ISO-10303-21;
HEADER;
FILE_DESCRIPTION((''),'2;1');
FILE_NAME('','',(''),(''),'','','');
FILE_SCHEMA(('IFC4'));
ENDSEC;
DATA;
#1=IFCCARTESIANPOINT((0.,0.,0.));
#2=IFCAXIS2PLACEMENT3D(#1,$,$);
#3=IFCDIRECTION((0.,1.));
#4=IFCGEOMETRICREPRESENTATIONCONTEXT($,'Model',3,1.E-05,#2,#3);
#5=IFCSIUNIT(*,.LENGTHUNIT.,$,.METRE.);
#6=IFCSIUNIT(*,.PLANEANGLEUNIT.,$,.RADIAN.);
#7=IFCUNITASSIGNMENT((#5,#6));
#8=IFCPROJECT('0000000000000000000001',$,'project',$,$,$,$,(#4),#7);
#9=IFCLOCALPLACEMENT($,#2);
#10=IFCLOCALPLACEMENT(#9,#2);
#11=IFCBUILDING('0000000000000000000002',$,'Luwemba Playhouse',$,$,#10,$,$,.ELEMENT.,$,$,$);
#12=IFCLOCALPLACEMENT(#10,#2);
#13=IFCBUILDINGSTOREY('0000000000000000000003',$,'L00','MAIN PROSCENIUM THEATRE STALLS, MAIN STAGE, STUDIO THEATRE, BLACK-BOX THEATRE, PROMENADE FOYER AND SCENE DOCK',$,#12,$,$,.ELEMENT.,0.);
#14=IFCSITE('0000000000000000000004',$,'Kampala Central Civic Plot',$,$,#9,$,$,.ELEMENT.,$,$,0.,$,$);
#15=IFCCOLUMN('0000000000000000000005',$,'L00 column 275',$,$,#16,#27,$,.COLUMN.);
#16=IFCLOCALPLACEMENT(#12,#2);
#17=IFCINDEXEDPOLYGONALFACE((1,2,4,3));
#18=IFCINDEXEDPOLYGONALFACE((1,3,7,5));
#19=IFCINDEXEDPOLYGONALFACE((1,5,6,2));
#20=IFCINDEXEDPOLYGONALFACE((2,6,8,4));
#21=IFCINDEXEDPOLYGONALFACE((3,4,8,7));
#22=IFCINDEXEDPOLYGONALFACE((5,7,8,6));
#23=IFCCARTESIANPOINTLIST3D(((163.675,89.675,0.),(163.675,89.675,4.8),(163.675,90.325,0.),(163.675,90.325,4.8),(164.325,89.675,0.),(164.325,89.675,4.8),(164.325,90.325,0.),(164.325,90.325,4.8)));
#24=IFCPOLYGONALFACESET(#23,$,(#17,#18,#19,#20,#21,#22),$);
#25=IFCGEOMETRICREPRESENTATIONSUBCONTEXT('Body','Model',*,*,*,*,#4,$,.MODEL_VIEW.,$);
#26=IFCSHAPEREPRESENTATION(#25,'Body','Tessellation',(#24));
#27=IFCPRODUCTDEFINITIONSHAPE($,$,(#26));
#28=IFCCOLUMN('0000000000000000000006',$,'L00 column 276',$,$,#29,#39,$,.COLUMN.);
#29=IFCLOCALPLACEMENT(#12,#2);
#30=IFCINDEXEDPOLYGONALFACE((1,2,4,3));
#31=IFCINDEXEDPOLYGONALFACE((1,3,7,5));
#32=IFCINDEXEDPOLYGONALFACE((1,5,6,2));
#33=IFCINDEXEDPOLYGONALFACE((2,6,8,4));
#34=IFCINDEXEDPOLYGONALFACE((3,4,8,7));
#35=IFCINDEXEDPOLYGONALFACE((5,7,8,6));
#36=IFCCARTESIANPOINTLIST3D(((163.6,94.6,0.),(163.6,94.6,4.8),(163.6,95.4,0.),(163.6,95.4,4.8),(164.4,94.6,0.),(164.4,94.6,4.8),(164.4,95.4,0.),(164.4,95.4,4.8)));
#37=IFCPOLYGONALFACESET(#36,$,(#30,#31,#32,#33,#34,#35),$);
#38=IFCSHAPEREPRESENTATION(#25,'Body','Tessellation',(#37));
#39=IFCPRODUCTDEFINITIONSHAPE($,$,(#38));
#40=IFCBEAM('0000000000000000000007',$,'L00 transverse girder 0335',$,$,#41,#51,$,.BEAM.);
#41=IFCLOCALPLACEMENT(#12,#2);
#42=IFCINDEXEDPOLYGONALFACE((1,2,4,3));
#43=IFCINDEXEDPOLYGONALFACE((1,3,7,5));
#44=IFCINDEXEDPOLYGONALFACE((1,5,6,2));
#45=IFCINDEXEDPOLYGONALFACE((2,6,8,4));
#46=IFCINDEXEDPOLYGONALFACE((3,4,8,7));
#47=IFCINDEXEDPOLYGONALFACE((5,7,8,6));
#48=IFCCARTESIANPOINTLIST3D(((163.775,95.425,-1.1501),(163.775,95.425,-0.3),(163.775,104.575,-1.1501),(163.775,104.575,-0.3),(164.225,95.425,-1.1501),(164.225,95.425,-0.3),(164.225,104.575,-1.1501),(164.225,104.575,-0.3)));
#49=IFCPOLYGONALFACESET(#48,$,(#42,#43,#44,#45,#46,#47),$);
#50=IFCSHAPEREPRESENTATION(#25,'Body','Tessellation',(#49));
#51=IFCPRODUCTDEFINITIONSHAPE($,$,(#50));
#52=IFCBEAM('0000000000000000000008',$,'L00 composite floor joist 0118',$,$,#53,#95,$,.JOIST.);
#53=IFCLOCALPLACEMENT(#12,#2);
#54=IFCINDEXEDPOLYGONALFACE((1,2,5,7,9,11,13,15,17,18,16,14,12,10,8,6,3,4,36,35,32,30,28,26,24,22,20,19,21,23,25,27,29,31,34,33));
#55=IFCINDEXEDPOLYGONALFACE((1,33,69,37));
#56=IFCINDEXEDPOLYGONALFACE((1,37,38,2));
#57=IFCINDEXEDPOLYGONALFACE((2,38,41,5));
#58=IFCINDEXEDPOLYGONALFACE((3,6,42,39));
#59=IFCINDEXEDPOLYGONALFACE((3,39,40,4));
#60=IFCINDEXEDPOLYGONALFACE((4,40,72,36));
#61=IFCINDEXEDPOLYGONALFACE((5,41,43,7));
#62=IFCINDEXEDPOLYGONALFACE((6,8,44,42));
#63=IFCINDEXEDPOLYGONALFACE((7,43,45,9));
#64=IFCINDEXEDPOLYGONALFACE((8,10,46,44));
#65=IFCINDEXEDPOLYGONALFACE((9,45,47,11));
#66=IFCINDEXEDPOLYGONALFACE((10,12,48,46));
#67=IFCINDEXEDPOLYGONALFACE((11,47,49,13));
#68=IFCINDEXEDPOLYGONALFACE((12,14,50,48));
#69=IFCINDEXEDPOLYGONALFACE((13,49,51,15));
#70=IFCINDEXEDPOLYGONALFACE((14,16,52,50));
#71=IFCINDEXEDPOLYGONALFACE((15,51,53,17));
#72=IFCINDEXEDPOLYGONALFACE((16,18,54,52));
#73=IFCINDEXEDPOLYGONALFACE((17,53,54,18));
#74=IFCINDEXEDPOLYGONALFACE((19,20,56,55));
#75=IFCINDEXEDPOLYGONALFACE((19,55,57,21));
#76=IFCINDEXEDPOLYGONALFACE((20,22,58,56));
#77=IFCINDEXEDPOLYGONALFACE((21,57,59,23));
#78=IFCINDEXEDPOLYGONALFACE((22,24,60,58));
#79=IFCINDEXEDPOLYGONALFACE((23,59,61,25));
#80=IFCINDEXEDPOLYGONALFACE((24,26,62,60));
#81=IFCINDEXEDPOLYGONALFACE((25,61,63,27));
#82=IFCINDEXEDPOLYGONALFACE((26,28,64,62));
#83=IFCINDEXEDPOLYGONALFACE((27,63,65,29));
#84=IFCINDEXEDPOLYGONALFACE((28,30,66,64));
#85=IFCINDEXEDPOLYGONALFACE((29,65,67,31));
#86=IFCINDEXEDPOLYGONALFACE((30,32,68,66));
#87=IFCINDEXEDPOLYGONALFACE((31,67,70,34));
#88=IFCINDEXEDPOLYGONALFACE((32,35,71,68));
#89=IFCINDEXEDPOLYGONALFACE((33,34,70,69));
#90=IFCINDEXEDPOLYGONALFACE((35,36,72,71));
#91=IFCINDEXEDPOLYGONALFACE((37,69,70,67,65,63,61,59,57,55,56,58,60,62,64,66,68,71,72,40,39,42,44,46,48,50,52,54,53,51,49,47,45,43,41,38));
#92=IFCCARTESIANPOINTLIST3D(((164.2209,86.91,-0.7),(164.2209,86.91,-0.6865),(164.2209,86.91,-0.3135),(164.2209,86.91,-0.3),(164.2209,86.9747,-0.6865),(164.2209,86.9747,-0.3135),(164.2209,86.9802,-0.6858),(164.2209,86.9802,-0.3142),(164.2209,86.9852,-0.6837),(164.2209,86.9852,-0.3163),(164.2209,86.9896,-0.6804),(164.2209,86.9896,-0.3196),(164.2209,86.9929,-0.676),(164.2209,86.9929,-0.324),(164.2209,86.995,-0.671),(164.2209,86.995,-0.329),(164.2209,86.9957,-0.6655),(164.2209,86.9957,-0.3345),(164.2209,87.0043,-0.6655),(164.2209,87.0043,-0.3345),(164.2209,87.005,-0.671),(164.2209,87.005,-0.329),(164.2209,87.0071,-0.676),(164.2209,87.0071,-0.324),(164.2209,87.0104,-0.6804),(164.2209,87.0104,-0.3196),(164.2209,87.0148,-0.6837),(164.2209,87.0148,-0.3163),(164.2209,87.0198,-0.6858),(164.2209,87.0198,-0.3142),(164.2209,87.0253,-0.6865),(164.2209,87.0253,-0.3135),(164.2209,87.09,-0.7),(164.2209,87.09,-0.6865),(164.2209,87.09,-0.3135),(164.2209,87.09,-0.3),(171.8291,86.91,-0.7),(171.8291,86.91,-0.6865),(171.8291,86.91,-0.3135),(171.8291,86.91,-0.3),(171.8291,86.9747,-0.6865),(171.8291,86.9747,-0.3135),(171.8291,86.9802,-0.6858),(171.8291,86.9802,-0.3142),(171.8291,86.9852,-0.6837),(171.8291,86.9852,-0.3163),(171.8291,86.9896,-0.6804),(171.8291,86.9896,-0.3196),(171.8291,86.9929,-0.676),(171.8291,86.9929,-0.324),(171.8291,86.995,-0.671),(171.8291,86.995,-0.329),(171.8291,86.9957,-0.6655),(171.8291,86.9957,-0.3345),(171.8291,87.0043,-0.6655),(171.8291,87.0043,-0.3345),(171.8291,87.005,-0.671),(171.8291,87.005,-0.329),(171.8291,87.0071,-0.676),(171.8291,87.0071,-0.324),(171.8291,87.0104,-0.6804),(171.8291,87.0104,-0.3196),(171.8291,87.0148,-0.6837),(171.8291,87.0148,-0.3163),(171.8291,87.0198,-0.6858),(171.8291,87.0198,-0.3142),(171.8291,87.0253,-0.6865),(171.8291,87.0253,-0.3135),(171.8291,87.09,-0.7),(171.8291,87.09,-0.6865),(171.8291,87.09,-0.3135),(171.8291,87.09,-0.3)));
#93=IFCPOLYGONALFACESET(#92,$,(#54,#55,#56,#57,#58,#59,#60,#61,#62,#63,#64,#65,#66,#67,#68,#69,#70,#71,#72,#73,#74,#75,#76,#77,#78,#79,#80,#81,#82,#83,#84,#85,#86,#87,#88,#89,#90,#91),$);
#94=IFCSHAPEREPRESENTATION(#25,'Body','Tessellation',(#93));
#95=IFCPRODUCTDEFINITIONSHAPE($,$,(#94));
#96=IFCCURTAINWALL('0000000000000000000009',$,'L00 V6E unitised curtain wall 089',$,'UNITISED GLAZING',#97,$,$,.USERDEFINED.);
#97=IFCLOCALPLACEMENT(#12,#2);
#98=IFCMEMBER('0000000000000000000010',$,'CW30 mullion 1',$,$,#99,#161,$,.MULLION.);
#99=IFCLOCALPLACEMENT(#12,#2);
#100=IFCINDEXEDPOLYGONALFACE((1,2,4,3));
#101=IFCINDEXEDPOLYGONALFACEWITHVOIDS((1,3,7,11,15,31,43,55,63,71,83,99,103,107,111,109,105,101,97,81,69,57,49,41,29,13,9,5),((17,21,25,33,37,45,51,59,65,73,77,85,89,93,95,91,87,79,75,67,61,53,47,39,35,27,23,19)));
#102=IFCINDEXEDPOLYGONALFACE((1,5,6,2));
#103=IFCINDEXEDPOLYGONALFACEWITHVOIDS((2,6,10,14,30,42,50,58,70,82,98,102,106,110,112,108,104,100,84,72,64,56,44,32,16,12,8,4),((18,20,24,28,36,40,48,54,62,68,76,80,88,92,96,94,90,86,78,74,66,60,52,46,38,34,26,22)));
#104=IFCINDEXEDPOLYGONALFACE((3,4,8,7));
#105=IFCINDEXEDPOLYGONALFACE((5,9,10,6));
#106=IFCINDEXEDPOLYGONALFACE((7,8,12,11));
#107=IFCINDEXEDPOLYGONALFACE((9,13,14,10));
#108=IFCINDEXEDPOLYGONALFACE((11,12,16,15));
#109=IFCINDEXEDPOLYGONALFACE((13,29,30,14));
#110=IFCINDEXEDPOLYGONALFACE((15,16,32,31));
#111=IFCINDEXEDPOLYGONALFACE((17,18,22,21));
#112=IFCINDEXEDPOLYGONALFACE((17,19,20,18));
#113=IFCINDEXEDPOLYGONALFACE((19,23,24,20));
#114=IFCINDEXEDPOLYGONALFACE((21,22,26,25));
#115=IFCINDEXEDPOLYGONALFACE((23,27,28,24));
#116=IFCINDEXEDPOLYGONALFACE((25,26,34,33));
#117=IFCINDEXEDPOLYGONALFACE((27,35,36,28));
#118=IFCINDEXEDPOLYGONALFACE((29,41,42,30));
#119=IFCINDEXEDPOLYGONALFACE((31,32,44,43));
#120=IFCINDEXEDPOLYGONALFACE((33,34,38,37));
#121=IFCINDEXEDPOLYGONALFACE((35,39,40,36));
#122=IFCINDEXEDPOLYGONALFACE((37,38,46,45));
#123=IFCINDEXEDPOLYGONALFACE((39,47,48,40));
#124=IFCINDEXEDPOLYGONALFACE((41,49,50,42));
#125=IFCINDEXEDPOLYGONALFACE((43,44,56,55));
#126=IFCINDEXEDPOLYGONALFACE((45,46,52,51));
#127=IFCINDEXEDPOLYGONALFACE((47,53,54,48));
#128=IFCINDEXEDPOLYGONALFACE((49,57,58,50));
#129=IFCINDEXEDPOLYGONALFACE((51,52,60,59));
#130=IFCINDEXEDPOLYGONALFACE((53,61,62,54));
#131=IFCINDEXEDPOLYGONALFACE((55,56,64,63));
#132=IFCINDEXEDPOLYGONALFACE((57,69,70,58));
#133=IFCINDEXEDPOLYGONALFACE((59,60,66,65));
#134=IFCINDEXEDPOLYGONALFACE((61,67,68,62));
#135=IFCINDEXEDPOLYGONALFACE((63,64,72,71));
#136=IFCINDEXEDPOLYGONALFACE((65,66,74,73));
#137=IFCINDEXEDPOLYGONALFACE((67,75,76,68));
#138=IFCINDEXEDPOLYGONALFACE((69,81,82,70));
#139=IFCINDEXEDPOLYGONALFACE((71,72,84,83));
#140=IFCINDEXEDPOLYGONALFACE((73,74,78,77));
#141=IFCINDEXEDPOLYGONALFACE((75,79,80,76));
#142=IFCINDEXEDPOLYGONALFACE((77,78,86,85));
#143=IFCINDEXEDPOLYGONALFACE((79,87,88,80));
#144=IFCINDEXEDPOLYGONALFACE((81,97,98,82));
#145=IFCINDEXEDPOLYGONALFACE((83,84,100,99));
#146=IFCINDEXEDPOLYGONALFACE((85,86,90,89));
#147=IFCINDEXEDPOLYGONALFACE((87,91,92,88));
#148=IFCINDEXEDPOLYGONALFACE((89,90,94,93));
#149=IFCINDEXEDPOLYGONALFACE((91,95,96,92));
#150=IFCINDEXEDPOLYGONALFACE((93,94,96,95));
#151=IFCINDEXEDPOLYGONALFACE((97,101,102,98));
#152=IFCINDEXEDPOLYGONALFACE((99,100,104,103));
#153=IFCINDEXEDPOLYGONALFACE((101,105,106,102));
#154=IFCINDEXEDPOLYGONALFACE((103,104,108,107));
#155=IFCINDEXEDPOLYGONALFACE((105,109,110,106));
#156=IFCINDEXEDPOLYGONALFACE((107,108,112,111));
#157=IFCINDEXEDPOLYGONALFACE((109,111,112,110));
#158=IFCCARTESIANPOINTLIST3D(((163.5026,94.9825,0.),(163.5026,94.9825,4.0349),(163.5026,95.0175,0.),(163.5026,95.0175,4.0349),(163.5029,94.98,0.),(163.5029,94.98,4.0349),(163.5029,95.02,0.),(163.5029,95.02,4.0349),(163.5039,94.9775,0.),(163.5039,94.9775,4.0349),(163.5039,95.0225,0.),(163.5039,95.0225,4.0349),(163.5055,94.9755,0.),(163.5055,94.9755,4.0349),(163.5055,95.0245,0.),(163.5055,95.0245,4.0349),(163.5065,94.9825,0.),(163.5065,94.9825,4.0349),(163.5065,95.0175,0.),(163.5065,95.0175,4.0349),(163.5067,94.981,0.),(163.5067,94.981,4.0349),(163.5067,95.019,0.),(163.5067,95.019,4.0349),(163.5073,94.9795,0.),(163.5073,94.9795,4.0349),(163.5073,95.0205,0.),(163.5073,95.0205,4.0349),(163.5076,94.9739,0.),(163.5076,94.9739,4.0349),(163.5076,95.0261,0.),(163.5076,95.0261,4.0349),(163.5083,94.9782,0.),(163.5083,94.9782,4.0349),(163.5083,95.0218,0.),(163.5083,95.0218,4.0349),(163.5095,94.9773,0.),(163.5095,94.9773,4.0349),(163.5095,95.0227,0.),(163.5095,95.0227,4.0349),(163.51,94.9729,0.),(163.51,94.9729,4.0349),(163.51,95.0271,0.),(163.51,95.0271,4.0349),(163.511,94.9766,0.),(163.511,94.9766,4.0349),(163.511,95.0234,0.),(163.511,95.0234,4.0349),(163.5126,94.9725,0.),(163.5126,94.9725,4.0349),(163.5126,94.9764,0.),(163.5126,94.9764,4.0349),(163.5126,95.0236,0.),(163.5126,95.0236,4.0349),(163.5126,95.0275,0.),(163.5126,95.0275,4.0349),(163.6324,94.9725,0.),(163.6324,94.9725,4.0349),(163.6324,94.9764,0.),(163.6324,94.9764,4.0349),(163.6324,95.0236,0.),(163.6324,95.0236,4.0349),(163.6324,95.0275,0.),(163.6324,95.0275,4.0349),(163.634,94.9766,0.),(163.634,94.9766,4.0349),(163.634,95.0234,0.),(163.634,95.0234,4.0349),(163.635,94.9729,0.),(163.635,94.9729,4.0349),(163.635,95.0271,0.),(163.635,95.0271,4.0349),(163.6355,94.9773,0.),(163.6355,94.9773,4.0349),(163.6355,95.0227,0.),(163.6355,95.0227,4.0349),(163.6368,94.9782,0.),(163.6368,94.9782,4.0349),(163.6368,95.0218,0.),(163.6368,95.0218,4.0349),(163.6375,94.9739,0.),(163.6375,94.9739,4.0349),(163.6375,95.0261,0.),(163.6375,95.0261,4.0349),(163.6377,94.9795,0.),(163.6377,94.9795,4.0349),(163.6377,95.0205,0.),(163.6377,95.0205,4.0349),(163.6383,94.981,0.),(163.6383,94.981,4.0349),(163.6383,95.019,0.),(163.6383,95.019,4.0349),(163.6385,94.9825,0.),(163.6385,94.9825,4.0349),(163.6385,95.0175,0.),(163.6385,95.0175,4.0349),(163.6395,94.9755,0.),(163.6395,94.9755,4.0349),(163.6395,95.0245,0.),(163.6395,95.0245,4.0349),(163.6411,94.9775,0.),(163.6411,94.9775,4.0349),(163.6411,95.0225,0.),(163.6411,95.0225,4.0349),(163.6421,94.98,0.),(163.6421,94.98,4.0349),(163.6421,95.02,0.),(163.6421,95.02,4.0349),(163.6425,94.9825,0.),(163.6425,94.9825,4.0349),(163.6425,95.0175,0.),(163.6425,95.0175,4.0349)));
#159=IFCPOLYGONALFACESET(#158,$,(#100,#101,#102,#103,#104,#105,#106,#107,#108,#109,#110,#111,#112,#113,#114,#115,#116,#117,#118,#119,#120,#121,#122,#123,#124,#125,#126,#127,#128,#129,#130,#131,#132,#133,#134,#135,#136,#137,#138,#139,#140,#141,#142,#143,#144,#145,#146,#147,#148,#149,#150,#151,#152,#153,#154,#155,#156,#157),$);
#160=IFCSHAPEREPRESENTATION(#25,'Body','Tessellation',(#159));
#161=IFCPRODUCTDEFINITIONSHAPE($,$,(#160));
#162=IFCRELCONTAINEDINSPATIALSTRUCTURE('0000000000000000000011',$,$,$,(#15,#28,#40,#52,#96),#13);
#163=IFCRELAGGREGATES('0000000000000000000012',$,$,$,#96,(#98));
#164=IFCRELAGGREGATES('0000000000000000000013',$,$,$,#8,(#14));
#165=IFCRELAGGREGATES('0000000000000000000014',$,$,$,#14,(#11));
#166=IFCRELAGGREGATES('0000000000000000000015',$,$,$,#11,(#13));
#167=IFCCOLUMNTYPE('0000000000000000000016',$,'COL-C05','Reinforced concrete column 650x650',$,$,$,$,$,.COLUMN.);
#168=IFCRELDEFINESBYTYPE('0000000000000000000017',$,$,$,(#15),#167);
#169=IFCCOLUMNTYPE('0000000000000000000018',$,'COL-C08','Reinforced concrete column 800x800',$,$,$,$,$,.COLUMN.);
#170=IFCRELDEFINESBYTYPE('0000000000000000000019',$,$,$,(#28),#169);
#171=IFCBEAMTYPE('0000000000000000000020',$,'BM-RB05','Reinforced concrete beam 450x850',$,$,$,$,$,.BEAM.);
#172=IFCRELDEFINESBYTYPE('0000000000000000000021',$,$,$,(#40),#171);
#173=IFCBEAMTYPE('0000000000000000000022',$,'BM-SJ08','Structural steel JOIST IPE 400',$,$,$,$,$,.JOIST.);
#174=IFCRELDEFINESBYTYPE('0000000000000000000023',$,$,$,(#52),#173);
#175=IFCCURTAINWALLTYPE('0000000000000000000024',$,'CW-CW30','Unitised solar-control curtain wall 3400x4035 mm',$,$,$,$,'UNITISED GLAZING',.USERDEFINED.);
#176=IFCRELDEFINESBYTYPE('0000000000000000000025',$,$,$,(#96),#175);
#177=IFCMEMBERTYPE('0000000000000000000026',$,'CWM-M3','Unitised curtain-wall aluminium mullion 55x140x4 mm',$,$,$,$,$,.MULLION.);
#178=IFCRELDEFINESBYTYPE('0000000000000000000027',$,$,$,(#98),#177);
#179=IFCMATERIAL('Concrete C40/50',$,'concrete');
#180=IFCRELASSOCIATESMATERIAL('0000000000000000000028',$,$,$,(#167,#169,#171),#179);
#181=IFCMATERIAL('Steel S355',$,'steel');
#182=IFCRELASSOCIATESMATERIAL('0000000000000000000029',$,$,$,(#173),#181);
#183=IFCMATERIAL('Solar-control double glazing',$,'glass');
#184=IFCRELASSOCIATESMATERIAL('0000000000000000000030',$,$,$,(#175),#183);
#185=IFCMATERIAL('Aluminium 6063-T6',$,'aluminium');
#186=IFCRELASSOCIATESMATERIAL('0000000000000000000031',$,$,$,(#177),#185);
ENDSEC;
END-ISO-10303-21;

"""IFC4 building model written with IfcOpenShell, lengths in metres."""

from ifc_helpers import new_model, si_unit, direction, frame, origin, origin_2d, place, context, subcontext, project, spatial, rectangle, hollow_rectangle, i_section, extrude, material, material_profile, profile_set, type_object, element, aggregate, save


model = new_model("IFC4")

# Units and contexts
model_context = context("Model", 3, precision=1e-05, world=origin(), true_north=direction((0.0, 1.0)))
body_context = subcontext(model_context, "Body", "Model", "MODEL_VIEW")
ifc_project = project(units=[si_unit("LENGTHUNIT", "METRE"), si_unit("PLANEANGLEUNIT", "RADIAN")], contexts=[model_context])

# Site, building, storey
site_placement = place(None, origin())
site = spatial("IfcSite", under=ifc_project, at=site_placement, Name="Kampala Central Civic Plot", CompositionType="ELEMENT", RefElevation=0.0)
building_placement = place(site_placement, origin())
building = spatial("IfcBuilding", under=site, at=building_placement, Name="Luwemba Playhouse", CompositionType="ELEMENT")
storey_placement = place(building_placement, origin())
storey = spatial("IfcBuildingStorey", under=building, at=storey_placement, Name="L00", Description="MAIN PROSCENIUM THEATRE STALLS, MAIN STAGE, STUDIO THEATRE, BLACK-BOX THEATRE, PROMENADE FOYER AND SCENE DOCK", CompositionType="ELEMENT", Elevation=0.0)

# Columns
ifc_material_1 = material(Name="Concrete C40/50", Category="concrete")
ifc_material_profile_1 = material_profile(ifc_material_1, rectangle(XDim=0.6499, YDim=0.6499, at=origin_2d()))
ifc_profile_set_1 = profile_set([ifc_material_profile_1], Name="Concrete C40/50")
column_type_1 = type_object("IfcColumnType", Name="COL-C05", Description="Reinforced concrete column 650x650", PredefinedType="COLUMN", material=ifc_profile_set_1)
column_1_placement = place(storey_placement, frame((164.0, 90.0, 0.0), z_axis=(0.0, 0.0, 1.0), x_axis=(1.0, 0.0, 0.0)))
element("IfcColumn", 1, at=column_1_placement, inside=storey, type_object=column_type_1, Name="L00 column 275", PredefinedType="COLUMN", context=body_context, shape_type="SweptSolid", body=[
    extrude(rectangle(XDim=0.6499, YDim=0.6499, at=origin_2d()), origin(), (0.0, 0.0, 1.0), 4.8),
])
ifc_material_profile_2 = material_profile(ifc_material_1, rectangle(XDim=0.8, YDim=0.8, at=origin_2d()))
ifc_profile_set_2 = profile_set([ifc_material_profile_2], Name="Concrete C40/50")
column_type_2 = type_object("IfcColumnType", Name="COL-C08", Description="Reinforced concrete column 800x800", PredefinedType="COLUMN", material=ifc_profile_set_2)
column_2_placement = place(storey_placement, frame((164.0, 95.0, 0.0), z_axis=(0.0, 0.0, 1.0), x_axis=(1.0, 0.0, 0.0)))
element("IfcColumn", 2, at=column_2_placement, inside=storey, type_object=column_type_2, Name="L00 column 276", PredefinedType="COLUMN", context=body_context, shape_type="SweptSolid", body=[
    extrude(rectangle(XDim=0.8, YDim=0.8, at=origin_2d()), origin(), (0.0, 0.0, 1.0), 4.8),
])

# Beams
ifc_material_profile_3 = material_profile(ifc_material_1, rectangle(XDim=0.45, YDim=0.8501, at=origin_2d()))
ifc_profile_set_3 = profile_set([ifc_material_profile_3], Name="Concrete C40/50")
beam_type_1 = type_object("IfcBeamType", Name="BM-RB05", Description="Reinforced concrete beam 450x850", PredefinedType="BEAM", material=ifc_profile_set_3)
beam_1_placement = place(storey_placement, frame((164.0, 95.425, -0.7251), z_axis=(0.0, 1.0, 0.0), x_axis=(-1.0, 0.0, 0.0)))
element("IfcBeam", 3, at=beam_1_placement, inside=storey, type_object=beam_type_1, Name="L00 transverse girder 0335", PredefinedType="BEAM", context=body_context, shape_type="SweptSolid", body=[
    extrude(rectangle(XDim=0.45, YDim=0.8501, at=origin_2d()), origin(), (0.0, 0.0, 1.0), 9.1499),
])
ifc_material_2 = material(Name="Steel S355", Category="steel")
ifc_material_profile_4 = material_profile(ifc_material_2, i_section(OverallWidth=0.1799, OverallDepth=0.3999, WebThickness=0.0085, FlangeThickness=0.0134, FilletRadius=0.021, at=origin_2d()))
ifc_profile_set_4 = profile_set([ifc_material_profile_4], Name="Steel S355")
beam_type_2 = type_object("IfcBeamType", Name="BM-SJ08", Description="Structural steel JOIST IPE 400", PredefinedType="JOIST", material=ifc_profile_set_4)
beam_2_placement = place(storey_placement, frame((164.2209, 87.0, -0.5), z_axis=(1.0, 0.0, 0.0), x_axis=(0.0, 1.0, 0.0)))
element("IfcBeam", 4, at=beam_2_placement, inside=storey, type_object=beam_type_2, Name="L00 composite floor joist 0118", PredefinedType="JOIST", context=body_context, shape_type="SweptSolid", body=[
    extrude(i_section(OverallWidth=0.1799, OverallDepth=0.3999, WebThickness=0.0085, FlangeThickness=0.0134, FilletRadius=0.021, at=origin_2d()), origin(), (0.0, 0.0, 1.0), 7.6082),
])

# Curtain wall, member
ifc_material_3 = material(Name="Solar-control double glazing", Category="glass")
curtain_wall_type = type_object("IfcCurtainWallType", Name="CW-CW30", Description="Unitised solar-control curtain wall 3400x4035 mm", ElementType="UNITISED GLAZING", PredefinedType="USERDEFINED", material=ifc_material_3)
curtain_wall_placement = place(storey_placement, origin())
curtain_wall = element("IfcCurtainWall", 5, at=curtain_wall_placement, inside=storey, type_object=curtain_wall_type, Name="L00 V6E unitised curtain wall 089", ObjectType="UNITISED GLAZING", PredefinedType="USERDEFINED")
ifc_material_4 = material(Name="Aluminium 6063-T6", Category="aluminium")
ifc_material_profile_5 = material_profile(ifc_material_4, hollow_rectangle(XDim=0.0549, YDim=0.1399, WallThickness=0.0039, InnerFilletRadius=0.0061, OuterFilletRadius=0.01, at=origin_2d()))
ifc_profile_set_5 = profile_set([ifc_material_profile_5], Name="Aluminium 6063-T6")
member_type_1 = type_object("IfcMemberType", Name="CWM-M3", Description="Unitised curtain-wall aluminium mullion 55x140x4 mm", PredefinedType="MULLION", material=ifc_profile_set_5)
member_1_placement = place(storey_placement, frame((163.5725, 95.0, 0.0), z_axis=(0.0, 0.0, 1.0), x_axis=(0.0, -1.0, 0.0)))
member_1 = element("IfcMember", 6, at=member_1_placement, type_object=member_type_1, Name="CW30 mullion 1", PredefinedType="MULLION", context=body_context, shape_type="SweptSolid", body=[
    extrude(hollow_rectangle(XDim=0.0549, YDim=0.1399, WallThickness=0.0039, InnerFilletRadius=0.0061, OuterFilletRadius=0.01, at=origin_2d()), origin(), (0.0, 0.0, 1.0), 4.0349),
])
aggregate(curtain_wall, [member_1])

save(model, "model.ifc")
